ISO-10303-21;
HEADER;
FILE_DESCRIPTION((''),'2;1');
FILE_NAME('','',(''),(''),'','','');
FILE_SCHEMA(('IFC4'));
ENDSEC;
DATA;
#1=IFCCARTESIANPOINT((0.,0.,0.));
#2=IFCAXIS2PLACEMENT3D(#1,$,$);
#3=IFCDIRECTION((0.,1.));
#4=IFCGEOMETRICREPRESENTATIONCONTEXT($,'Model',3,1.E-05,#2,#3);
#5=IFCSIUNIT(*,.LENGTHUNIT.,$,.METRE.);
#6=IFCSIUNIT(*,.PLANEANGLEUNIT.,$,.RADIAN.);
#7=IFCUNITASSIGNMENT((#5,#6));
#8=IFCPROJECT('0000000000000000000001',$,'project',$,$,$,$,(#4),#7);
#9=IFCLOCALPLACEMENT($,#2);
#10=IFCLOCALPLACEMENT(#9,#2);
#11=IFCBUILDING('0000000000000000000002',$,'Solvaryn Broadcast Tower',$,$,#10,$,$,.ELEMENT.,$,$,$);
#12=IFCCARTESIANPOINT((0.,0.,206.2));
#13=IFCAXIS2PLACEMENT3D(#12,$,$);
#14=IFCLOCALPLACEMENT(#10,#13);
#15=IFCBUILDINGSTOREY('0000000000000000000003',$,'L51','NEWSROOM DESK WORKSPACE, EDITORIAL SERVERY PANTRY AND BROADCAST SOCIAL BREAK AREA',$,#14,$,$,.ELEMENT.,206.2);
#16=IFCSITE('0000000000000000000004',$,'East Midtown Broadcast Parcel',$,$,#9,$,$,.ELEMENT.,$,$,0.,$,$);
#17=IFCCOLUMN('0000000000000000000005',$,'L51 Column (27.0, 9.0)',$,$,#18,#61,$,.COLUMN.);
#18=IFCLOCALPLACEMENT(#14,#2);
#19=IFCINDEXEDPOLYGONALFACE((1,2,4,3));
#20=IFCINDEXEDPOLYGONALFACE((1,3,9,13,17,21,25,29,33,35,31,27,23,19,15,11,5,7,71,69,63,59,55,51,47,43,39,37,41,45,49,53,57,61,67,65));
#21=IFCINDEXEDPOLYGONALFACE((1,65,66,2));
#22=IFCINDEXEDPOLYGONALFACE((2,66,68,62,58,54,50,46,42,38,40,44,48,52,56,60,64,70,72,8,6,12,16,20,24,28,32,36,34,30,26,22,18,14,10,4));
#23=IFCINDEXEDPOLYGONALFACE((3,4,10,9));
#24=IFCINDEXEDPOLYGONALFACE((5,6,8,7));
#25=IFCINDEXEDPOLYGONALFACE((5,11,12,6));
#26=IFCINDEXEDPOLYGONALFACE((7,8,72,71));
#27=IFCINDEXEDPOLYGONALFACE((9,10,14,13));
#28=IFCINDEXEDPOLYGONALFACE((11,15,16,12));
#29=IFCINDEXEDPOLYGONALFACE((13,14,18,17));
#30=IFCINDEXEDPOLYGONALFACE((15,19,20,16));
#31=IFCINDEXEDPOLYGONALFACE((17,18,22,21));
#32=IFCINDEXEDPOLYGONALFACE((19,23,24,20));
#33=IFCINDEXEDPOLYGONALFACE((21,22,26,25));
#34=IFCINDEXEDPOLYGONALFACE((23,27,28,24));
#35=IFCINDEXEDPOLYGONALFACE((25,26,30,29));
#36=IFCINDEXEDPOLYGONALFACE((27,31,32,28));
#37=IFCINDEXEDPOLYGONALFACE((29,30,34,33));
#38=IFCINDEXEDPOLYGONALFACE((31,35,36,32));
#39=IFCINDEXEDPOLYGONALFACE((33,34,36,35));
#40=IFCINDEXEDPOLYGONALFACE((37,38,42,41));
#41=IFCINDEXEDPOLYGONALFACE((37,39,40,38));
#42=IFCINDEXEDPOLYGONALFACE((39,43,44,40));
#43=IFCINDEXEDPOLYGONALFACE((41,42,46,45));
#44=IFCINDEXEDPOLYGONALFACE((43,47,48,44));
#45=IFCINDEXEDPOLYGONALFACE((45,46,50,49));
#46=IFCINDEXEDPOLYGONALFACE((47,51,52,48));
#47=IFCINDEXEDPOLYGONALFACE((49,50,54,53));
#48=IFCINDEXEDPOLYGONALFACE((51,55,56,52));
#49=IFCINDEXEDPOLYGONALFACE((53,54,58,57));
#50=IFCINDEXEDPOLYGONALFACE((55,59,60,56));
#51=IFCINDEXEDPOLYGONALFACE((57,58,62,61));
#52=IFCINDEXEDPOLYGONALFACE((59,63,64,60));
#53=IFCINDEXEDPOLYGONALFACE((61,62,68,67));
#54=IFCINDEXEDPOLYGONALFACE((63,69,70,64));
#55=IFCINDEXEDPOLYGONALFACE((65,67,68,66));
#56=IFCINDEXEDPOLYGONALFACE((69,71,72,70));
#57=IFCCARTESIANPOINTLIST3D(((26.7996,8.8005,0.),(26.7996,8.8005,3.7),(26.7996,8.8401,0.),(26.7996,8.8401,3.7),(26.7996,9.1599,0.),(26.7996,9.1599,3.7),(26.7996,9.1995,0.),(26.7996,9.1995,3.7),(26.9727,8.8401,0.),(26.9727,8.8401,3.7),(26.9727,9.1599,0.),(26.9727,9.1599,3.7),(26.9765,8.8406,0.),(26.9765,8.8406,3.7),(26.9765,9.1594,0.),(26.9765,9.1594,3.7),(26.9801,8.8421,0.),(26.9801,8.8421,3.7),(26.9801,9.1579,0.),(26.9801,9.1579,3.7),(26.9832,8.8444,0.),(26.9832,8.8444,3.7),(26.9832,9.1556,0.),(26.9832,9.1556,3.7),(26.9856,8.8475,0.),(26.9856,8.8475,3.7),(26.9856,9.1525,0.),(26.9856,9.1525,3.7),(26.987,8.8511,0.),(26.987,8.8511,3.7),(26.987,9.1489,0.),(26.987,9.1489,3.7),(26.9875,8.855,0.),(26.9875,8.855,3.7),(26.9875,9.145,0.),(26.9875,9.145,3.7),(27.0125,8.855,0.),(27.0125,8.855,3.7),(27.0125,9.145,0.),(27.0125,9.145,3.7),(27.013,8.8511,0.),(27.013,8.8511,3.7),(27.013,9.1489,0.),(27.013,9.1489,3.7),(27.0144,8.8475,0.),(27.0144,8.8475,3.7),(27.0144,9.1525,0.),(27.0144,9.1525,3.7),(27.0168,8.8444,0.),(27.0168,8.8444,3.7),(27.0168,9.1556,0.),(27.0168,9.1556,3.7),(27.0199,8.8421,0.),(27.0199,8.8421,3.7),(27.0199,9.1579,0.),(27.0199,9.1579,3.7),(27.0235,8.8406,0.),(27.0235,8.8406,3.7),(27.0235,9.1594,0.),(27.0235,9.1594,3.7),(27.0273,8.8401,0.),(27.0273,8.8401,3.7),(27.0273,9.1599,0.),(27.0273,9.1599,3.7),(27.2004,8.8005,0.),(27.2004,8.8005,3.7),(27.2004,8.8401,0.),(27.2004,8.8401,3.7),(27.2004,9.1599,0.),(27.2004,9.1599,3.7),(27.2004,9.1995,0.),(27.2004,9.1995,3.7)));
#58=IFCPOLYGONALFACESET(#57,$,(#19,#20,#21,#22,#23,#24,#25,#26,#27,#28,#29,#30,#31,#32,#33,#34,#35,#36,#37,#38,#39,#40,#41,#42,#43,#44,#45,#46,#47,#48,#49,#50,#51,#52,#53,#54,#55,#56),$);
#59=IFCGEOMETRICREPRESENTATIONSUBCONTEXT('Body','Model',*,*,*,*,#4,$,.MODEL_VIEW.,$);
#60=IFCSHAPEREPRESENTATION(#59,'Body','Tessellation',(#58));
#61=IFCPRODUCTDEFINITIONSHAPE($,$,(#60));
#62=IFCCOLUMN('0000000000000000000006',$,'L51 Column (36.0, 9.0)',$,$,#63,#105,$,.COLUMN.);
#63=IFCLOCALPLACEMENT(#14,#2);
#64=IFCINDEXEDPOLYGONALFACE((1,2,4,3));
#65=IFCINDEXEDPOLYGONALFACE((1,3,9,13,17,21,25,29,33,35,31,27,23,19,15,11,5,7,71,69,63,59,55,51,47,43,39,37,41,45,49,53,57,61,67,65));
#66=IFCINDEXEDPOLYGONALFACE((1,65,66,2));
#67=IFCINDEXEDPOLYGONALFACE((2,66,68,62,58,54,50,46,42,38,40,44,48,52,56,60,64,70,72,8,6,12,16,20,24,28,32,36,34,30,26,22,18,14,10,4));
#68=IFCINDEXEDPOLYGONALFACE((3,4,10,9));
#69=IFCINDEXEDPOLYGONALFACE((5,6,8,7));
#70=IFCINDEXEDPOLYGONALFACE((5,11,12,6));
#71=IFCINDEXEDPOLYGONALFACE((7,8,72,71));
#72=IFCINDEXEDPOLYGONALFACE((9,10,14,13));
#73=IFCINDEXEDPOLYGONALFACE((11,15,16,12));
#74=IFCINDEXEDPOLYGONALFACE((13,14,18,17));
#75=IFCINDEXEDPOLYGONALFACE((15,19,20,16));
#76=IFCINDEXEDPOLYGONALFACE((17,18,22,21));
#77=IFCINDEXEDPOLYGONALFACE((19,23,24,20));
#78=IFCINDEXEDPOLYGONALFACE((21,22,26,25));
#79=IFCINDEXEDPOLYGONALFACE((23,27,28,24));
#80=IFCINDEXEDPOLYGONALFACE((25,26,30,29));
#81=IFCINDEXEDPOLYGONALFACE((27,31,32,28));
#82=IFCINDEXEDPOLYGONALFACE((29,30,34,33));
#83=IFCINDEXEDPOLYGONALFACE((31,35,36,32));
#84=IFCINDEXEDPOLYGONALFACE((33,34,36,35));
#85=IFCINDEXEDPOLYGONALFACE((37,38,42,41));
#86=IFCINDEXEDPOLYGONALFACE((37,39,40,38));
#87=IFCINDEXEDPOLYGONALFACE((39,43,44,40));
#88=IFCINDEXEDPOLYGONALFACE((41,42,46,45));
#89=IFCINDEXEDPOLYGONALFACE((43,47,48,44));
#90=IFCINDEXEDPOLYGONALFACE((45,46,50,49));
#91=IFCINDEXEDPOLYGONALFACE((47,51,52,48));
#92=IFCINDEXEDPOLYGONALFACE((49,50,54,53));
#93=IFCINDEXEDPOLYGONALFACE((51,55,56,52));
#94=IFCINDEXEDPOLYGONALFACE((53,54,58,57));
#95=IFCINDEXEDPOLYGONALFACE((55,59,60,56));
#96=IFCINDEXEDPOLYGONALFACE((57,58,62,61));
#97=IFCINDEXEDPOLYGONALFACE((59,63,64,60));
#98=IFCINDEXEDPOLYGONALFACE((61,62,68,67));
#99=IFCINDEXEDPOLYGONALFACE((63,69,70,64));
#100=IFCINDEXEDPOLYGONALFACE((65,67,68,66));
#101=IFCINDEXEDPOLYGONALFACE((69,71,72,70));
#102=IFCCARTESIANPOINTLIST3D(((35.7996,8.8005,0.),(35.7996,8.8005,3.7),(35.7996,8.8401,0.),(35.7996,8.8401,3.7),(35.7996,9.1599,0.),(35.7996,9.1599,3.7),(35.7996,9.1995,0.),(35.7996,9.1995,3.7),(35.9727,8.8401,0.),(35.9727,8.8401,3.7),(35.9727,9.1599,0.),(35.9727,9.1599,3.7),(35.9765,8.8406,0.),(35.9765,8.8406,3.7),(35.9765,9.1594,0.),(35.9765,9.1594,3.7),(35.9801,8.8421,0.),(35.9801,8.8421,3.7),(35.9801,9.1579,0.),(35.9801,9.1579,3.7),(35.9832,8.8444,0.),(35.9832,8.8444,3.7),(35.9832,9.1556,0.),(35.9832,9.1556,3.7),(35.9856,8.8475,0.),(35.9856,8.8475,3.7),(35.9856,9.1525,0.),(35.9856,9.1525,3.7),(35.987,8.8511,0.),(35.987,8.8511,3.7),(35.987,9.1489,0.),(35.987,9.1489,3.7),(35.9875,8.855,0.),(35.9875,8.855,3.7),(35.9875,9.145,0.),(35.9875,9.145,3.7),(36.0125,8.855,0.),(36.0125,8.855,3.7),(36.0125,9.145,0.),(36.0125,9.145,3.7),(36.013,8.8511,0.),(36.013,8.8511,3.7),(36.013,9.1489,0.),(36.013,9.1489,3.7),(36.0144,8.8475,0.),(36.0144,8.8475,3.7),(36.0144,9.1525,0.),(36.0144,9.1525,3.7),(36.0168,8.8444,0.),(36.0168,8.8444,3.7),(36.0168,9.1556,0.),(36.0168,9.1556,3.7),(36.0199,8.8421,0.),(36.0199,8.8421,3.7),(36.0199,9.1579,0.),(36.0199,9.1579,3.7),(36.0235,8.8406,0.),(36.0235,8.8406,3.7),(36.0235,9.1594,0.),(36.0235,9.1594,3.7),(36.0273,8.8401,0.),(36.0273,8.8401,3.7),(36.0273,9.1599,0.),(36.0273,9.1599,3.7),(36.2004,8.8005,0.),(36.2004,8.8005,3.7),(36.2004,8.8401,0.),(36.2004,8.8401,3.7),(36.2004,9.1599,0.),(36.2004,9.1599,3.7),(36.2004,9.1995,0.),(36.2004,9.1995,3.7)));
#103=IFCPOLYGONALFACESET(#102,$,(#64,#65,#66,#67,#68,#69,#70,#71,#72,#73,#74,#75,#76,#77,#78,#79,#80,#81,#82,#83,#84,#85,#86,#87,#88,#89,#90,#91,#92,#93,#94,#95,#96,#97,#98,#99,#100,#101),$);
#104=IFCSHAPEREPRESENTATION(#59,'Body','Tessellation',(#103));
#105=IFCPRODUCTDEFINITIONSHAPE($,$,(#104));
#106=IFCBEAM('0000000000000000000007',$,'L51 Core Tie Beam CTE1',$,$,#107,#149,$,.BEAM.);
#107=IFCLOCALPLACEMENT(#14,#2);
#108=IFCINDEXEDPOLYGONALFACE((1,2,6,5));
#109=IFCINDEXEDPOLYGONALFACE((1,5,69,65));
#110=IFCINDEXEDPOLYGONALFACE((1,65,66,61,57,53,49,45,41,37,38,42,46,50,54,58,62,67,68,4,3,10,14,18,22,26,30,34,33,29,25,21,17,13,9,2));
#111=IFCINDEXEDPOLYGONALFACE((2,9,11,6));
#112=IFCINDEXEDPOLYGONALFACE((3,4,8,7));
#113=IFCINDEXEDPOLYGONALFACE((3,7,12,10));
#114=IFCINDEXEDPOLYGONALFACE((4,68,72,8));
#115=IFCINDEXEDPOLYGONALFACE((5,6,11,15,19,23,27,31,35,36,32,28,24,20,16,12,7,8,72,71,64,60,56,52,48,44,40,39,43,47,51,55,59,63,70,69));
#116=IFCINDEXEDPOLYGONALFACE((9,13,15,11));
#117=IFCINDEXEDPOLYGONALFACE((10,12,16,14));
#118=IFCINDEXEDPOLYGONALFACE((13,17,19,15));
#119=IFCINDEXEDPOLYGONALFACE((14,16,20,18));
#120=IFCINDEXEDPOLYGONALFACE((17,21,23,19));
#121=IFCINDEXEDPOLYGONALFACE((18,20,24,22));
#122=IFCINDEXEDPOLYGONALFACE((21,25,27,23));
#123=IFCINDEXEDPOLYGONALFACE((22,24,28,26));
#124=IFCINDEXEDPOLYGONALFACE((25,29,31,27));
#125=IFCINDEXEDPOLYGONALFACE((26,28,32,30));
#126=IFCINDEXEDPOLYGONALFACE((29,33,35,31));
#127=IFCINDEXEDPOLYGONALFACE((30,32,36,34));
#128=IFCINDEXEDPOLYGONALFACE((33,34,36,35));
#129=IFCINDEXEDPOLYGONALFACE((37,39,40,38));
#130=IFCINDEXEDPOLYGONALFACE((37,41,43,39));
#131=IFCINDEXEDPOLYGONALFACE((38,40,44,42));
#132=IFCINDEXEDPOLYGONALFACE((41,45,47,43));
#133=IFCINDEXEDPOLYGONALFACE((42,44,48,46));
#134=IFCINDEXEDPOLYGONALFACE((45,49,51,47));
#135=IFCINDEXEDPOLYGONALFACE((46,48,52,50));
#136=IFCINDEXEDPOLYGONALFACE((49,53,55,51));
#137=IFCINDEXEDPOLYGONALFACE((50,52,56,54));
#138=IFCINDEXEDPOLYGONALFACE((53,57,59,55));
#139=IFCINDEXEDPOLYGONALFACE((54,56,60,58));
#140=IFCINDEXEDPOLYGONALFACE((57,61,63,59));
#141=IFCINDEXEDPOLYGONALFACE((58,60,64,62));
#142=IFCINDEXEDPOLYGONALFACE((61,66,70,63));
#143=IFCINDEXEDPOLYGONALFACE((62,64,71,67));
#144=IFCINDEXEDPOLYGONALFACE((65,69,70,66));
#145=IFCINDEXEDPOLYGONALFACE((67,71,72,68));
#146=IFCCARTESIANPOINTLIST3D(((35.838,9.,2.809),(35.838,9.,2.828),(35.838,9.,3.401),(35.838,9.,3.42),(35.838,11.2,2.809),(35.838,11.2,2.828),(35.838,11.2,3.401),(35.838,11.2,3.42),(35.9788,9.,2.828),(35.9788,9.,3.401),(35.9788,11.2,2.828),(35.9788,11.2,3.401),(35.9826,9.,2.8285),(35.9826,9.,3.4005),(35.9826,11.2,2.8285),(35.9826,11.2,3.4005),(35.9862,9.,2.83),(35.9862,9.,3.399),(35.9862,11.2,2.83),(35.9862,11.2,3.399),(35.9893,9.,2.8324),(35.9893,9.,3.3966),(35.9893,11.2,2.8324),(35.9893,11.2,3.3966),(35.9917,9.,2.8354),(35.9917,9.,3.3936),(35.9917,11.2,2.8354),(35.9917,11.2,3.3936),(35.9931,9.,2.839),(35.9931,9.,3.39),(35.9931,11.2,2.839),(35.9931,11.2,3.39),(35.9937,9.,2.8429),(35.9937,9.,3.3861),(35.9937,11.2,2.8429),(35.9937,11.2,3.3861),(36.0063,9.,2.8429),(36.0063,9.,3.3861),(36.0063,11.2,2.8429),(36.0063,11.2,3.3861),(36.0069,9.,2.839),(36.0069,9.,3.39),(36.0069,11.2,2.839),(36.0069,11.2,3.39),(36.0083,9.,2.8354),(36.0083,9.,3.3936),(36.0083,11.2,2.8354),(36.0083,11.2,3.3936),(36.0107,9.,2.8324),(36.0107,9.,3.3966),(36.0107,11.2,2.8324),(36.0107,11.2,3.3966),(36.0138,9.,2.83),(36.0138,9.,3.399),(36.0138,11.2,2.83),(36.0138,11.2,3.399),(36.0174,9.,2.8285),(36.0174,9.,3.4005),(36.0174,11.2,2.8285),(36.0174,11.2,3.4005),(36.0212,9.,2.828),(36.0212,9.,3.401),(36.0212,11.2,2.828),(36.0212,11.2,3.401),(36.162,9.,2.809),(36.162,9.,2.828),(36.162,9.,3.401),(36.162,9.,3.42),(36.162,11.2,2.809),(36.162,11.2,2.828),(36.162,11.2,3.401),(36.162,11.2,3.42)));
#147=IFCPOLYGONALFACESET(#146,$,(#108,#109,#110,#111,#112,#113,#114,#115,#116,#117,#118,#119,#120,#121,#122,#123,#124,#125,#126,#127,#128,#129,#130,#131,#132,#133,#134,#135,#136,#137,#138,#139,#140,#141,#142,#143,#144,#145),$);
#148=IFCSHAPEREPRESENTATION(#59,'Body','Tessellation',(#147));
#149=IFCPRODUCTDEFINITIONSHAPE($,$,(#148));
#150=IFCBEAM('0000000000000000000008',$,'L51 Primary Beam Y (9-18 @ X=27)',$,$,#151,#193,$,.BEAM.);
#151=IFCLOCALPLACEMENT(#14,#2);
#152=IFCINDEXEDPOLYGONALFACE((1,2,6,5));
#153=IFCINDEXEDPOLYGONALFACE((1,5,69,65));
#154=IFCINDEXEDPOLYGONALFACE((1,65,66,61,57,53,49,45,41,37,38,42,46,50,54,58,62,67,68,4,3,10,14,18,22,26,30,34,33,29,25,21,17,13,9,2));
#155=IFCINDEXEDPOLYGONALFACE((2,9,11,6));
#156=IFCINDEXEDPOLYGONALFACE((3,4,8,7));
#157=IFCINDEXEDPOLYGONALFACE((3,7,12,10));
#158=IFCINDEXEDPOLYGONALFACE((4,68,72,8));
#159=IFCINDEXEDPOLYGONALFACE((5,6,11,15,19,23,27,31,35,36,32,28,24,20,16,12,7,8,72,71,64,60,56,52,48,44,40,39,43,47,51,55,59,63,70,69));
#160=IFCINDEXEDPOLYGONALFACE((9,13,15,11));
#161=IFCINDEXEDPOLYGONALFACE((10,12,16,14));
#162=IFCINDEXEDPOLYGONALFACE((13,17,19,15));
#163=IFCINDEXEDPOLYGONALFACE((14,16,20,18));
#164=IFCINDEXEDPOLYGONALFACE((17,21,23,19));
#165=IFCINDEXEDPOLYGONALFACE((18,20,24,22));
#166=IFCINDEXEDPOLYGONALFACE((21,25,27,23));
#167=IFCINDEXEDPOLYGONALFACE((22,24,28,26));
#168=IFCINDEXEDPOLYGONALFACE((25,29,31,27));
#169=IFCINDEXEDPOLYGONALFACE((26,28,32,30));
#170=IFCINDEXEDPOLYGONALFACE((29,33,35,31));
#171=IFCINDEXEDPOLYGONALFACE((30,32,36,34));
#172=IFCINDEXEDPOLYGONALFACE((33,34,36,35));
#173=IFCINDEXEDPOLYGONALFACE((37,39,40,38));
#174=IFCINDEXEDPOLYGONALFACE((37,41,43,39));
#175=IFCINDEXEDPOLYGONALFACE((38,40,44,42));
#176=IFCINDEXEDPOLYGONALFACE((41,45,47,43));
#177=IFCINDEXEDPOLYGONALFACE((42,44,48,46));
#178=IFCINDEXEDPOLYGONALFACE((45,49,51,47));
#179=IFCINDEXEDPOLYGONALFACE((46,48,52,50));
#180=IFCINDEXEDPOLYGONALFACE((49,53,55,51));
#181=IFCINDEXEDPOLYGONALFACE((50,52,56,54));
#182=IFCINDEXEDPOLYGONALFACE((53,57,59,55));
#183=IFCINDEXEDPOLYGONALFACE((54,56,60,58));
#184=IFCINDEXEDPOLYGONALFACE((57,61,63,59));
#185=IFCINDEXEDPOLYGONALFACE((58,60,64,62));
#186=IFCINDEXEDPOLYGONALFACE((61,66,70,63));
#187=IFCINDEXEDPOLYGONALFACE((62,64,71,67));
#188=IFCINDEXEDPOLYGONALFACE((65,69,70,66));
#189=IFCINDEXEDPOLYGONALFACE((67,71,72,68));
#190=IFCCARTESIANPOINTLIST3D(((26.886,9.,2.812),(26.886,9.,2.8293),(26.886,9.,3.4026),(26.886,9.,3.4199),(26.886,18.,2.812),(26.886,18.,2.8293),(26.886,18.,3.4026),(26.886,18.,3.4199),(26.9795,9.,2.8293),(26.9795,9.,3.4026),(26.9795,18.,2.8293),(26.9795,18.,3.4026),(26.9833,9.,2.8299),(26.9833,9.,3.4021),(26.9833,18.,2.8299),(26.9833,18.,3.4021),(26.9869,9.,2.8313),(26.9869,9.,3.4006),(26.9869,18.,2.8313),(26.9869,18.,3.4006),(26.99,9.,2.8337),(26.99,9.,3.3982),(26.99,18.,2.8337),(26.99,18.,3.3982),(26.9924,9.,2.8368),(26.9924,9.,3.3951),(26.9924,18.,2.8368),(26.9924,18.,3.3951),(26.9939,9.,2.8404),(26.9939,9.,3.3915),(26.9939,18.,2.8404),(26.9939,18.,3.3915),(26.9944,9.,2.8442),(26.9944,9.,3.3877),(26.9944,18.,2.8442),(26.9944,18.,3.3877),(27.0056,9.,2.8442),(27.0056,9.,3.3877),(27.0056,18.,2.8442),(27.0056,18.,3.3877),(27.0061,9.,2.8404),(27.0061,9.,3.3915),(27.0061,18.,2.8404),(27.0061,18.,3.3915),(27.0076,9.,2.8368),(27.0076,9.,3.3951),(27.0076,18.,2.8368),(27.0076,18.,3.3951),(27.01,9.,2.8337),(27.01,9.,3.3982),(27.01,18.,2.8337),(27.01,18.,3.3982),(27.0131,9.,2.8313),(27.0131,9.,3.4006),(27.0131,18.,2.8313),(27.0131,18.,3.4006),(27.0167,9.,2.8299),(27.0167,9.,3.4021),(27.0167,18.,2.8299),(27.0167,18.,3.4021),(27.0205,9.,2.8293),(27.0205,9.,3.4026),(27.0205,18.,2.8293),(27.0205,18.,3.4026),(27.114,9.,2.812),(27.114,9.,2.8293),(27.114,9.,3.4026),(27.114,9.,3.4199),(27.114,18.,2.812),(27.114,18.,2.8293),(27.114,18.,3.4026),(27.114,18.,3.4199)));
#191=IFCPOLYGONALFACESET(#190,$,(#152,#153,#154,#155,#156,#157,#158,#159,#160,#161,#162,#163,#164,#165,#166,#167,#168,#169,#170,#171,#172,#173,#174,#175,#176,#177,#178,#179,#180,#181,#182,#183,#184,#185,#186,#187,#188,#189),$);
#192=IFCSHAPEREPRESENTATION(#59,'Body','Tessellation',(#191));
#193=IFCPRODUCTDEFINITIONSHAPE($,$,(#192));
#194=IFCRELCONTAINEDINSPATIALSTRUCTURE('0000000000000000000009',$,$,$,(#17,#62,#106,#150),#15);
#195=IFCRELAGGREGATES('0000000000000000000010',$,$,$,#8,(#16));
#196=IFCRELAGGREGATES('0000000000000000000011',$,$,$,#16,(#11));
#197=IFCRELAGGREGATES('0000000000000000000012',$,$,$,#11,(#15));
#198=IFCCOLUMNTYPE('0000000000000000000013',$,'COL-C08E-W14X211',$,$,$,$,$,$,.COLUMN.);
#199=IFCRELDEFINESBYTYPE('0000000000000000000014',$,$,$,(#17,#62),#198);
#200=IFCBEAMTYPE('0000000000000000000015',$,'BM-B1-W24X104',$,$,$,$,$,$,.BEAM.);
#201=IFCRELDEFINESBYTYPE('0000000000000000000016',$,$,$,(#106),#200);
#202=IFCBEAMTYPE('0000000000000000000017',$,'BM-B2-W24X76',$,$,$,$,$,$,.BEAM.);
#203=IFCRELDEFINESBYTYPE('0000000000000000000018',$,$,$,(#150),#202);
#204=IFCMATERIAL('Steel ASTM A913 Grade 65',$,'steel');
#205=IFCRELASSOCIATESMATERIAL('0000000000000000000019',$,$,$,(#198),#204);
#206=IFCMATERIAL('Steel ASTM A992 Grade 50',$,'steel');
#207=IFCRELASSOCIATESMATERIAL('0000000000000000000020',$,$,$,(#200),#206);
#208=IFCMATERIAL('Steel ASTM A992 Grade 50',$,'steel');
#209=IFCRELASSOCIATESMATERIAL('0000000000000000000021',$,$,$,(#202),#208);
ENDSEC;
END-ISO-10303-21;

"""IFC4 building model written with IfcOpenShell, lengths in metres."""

from ifc_helpers import new_model, si_unit, direction, frame, origin, origin_2d, place, context, subcontext, project, spatial, i_section, extrude, material, material_profile, profile_set, type_object, element, save


model = new_model("IFC4")

# Units and contexts
model_context = context("Model", 3, precision=1e-05, world=origin(), true_north=direction((0.0, 1.0)))
body_context = subcontext(model_context, "Body", "Model", "MODEL_VIEW")
ifc_project = project(units=[si_unit("LENGTHUNIT", "METRE"), si_unit("PLANEANGLEUNIT", "RADIAN")], contexts=[model_context])

# Site, building, storey
site_placement = place(None, origin())
site = spatial("IfcSite", under=ifc_project, at=site_placement, Name="East Midtown Broadcast Parcel", CompositionType="ELEMENT", RefElevation=0.0)
building_placement = place(site_placement, origin())
building = spatial("IfcBuilding", under=site, at=building_placement, Name="Solvaryn Broadcast Tower", CompositionType="ELEMENT")
storey_placement = place(building_placement, frame((0.0, 0.0, 206.2)))
storey = spatial("IfcBuildingStorey", under=building, at=storey_placement, Name="L51", Description="NEWSROOM DESK WORKSPACE, EDITORIAL SERVERY PANTRY AND BROADCAST SOCIAL BREAK AREA", CompositionType="ELEMENT", Elevation=206.2)

# Columns
ifc_material_1 = material(Name="Steel ASTM A913 Grade 65", Category="steel")
ifc_material_profile_1 = material_profile(ifc_material_1, i_section(OverallWidth=0.4009, OverallDepth=0.3989, WebThickness=0.0249, FlangeThickness=0.0396, FilletRadius=0.0149, at=origin_2d()))
ifc_profile_set_1 = profile_set([ifc_material_profile_1], Name="Steel ASTM A913 Grade 65")
column_type = type_object("IfcColumnType", Name="COL-C08E-W14X211", PredefinedType="COLUMN", material=ifc_profile_set_1)
for number, where, z_axis, x_axis, name in (
    (1, (27.0, 9.0, 0.0), (0.0, 0.0, 1.0), (1.0, 0.0, 0.0), "L51 Column (27.0, 9.0)"),
    (2, (36.0, 9.0, 0.0), (0.0, 0.0, 1.0), (1.0, 0.0, 0.0), "L51 Column (36.0, 9.0)"),
):
    element("IfcColumn", number, at=place(storey_placement, frame(where, z_axis=z_axis, x_axis=x_axis)), inside=storey, type_object=column_type, Name=name, PredefinedType="COLUMN", context=body_context, shape_type="SweptSolid", body=[
        extrude(i_section(OverallWidth=0.4009, OverallDepth=0.3989, WebThickness=0.0249, FlangeThickness=0.0396, FilletRadius=0.0149, at=origin_2d()), origin(), (0.0, 0.0, 1.0), 3.7),
    ])

# Beams
ifc_material_2 = material(Name="Steel ASTM A992 Grade 50", Category="steel")
ifc_material_profile_2 = material_profile(ifc_material_2, i_section(OverallWidth=0.324, OverallDepth=0.6111, WebThickness=0.0127, FlangeThickness=0.019, FilletRadius=0.0149, at=origin_2d()))
ifc_profile_set_2 = profile_set([ifc_material_profile_2], Name="Steel ASTM A992 Grade 50")
beam_type_1 = type_object("IfcBeamType", Name="BM-B1-W24X104", PredefinedType="BEAM", material=ifc_profile_set_2)
beam_1_placement = place(storey_placement, frame((36.0, 9.0, 3.1145), z_axis=(0.0, 1.0, 0.0), x_axis=(-1.0, 0.0, 0.0)))
element("IfcBeam", 3, at=beam_1_placement, inside=storey, type_object=beam_type_1, Name="L51 Core Tie Beam CTE1", PredefinedType="BEAM", context=body_context, shape_type="SweptSolid", body=[
    extrude(i_section(OverallWidth=0.324, OverallDepth=0.6111, WebThickness=0.0127, FlangeThickness=0.019, FilletRadius=0.0149, at=origin_2d()), origin(), (0.0, 0.0, 1.0), 2.2),
])
ifc_material_3 = material(Name="Steel ASTM A992 Grade 50", Category="steel")
ifc_material_profile_3 = material_profile(ifc_material_3, i_section(OverallWidth=0.228, OverallDepth=0.6079, WebThickness=0.0112, FlangeThickness=0.0173, FilletRadius=0.0149, at=origin_2d()))
ifc_profile_set_3 = profile_set([ifc_material_profile_3], Name="Steel ASTM A992 Grade 50")
beam_type_2 = type_object("IfcBeamType", Name="BM-B2-W24X76", PredefinedType="BEAM", material=ifc_profile_set_3)
beam_2_placement = place(storey_placement, frame((27.0, 9.0, 3.116), z_axis=(0.0, 1.0, 0.0), x_axis=(-1.0, 0.0, 0.0)))
element("IfcBeam", 4, at=beam_2_placement, inside=storey, type_object=beam_type_2, Name="L51 Primary Beam Y (9-18 @ X=27)", PredefinedType="BEAM", context=body_context, shape_type="SweptSolid", body=[
    extrude(i_section(OverallWidth=0.228, OverallDepth=0.6079, WebThickness=0.0112, FlangeThickness=0.0173, FilletRadius=0.0149, at=origin_2d()), origin(), (0.0, 0.0, 1.0), 9.0),
])

save(model, "model.ifc")
